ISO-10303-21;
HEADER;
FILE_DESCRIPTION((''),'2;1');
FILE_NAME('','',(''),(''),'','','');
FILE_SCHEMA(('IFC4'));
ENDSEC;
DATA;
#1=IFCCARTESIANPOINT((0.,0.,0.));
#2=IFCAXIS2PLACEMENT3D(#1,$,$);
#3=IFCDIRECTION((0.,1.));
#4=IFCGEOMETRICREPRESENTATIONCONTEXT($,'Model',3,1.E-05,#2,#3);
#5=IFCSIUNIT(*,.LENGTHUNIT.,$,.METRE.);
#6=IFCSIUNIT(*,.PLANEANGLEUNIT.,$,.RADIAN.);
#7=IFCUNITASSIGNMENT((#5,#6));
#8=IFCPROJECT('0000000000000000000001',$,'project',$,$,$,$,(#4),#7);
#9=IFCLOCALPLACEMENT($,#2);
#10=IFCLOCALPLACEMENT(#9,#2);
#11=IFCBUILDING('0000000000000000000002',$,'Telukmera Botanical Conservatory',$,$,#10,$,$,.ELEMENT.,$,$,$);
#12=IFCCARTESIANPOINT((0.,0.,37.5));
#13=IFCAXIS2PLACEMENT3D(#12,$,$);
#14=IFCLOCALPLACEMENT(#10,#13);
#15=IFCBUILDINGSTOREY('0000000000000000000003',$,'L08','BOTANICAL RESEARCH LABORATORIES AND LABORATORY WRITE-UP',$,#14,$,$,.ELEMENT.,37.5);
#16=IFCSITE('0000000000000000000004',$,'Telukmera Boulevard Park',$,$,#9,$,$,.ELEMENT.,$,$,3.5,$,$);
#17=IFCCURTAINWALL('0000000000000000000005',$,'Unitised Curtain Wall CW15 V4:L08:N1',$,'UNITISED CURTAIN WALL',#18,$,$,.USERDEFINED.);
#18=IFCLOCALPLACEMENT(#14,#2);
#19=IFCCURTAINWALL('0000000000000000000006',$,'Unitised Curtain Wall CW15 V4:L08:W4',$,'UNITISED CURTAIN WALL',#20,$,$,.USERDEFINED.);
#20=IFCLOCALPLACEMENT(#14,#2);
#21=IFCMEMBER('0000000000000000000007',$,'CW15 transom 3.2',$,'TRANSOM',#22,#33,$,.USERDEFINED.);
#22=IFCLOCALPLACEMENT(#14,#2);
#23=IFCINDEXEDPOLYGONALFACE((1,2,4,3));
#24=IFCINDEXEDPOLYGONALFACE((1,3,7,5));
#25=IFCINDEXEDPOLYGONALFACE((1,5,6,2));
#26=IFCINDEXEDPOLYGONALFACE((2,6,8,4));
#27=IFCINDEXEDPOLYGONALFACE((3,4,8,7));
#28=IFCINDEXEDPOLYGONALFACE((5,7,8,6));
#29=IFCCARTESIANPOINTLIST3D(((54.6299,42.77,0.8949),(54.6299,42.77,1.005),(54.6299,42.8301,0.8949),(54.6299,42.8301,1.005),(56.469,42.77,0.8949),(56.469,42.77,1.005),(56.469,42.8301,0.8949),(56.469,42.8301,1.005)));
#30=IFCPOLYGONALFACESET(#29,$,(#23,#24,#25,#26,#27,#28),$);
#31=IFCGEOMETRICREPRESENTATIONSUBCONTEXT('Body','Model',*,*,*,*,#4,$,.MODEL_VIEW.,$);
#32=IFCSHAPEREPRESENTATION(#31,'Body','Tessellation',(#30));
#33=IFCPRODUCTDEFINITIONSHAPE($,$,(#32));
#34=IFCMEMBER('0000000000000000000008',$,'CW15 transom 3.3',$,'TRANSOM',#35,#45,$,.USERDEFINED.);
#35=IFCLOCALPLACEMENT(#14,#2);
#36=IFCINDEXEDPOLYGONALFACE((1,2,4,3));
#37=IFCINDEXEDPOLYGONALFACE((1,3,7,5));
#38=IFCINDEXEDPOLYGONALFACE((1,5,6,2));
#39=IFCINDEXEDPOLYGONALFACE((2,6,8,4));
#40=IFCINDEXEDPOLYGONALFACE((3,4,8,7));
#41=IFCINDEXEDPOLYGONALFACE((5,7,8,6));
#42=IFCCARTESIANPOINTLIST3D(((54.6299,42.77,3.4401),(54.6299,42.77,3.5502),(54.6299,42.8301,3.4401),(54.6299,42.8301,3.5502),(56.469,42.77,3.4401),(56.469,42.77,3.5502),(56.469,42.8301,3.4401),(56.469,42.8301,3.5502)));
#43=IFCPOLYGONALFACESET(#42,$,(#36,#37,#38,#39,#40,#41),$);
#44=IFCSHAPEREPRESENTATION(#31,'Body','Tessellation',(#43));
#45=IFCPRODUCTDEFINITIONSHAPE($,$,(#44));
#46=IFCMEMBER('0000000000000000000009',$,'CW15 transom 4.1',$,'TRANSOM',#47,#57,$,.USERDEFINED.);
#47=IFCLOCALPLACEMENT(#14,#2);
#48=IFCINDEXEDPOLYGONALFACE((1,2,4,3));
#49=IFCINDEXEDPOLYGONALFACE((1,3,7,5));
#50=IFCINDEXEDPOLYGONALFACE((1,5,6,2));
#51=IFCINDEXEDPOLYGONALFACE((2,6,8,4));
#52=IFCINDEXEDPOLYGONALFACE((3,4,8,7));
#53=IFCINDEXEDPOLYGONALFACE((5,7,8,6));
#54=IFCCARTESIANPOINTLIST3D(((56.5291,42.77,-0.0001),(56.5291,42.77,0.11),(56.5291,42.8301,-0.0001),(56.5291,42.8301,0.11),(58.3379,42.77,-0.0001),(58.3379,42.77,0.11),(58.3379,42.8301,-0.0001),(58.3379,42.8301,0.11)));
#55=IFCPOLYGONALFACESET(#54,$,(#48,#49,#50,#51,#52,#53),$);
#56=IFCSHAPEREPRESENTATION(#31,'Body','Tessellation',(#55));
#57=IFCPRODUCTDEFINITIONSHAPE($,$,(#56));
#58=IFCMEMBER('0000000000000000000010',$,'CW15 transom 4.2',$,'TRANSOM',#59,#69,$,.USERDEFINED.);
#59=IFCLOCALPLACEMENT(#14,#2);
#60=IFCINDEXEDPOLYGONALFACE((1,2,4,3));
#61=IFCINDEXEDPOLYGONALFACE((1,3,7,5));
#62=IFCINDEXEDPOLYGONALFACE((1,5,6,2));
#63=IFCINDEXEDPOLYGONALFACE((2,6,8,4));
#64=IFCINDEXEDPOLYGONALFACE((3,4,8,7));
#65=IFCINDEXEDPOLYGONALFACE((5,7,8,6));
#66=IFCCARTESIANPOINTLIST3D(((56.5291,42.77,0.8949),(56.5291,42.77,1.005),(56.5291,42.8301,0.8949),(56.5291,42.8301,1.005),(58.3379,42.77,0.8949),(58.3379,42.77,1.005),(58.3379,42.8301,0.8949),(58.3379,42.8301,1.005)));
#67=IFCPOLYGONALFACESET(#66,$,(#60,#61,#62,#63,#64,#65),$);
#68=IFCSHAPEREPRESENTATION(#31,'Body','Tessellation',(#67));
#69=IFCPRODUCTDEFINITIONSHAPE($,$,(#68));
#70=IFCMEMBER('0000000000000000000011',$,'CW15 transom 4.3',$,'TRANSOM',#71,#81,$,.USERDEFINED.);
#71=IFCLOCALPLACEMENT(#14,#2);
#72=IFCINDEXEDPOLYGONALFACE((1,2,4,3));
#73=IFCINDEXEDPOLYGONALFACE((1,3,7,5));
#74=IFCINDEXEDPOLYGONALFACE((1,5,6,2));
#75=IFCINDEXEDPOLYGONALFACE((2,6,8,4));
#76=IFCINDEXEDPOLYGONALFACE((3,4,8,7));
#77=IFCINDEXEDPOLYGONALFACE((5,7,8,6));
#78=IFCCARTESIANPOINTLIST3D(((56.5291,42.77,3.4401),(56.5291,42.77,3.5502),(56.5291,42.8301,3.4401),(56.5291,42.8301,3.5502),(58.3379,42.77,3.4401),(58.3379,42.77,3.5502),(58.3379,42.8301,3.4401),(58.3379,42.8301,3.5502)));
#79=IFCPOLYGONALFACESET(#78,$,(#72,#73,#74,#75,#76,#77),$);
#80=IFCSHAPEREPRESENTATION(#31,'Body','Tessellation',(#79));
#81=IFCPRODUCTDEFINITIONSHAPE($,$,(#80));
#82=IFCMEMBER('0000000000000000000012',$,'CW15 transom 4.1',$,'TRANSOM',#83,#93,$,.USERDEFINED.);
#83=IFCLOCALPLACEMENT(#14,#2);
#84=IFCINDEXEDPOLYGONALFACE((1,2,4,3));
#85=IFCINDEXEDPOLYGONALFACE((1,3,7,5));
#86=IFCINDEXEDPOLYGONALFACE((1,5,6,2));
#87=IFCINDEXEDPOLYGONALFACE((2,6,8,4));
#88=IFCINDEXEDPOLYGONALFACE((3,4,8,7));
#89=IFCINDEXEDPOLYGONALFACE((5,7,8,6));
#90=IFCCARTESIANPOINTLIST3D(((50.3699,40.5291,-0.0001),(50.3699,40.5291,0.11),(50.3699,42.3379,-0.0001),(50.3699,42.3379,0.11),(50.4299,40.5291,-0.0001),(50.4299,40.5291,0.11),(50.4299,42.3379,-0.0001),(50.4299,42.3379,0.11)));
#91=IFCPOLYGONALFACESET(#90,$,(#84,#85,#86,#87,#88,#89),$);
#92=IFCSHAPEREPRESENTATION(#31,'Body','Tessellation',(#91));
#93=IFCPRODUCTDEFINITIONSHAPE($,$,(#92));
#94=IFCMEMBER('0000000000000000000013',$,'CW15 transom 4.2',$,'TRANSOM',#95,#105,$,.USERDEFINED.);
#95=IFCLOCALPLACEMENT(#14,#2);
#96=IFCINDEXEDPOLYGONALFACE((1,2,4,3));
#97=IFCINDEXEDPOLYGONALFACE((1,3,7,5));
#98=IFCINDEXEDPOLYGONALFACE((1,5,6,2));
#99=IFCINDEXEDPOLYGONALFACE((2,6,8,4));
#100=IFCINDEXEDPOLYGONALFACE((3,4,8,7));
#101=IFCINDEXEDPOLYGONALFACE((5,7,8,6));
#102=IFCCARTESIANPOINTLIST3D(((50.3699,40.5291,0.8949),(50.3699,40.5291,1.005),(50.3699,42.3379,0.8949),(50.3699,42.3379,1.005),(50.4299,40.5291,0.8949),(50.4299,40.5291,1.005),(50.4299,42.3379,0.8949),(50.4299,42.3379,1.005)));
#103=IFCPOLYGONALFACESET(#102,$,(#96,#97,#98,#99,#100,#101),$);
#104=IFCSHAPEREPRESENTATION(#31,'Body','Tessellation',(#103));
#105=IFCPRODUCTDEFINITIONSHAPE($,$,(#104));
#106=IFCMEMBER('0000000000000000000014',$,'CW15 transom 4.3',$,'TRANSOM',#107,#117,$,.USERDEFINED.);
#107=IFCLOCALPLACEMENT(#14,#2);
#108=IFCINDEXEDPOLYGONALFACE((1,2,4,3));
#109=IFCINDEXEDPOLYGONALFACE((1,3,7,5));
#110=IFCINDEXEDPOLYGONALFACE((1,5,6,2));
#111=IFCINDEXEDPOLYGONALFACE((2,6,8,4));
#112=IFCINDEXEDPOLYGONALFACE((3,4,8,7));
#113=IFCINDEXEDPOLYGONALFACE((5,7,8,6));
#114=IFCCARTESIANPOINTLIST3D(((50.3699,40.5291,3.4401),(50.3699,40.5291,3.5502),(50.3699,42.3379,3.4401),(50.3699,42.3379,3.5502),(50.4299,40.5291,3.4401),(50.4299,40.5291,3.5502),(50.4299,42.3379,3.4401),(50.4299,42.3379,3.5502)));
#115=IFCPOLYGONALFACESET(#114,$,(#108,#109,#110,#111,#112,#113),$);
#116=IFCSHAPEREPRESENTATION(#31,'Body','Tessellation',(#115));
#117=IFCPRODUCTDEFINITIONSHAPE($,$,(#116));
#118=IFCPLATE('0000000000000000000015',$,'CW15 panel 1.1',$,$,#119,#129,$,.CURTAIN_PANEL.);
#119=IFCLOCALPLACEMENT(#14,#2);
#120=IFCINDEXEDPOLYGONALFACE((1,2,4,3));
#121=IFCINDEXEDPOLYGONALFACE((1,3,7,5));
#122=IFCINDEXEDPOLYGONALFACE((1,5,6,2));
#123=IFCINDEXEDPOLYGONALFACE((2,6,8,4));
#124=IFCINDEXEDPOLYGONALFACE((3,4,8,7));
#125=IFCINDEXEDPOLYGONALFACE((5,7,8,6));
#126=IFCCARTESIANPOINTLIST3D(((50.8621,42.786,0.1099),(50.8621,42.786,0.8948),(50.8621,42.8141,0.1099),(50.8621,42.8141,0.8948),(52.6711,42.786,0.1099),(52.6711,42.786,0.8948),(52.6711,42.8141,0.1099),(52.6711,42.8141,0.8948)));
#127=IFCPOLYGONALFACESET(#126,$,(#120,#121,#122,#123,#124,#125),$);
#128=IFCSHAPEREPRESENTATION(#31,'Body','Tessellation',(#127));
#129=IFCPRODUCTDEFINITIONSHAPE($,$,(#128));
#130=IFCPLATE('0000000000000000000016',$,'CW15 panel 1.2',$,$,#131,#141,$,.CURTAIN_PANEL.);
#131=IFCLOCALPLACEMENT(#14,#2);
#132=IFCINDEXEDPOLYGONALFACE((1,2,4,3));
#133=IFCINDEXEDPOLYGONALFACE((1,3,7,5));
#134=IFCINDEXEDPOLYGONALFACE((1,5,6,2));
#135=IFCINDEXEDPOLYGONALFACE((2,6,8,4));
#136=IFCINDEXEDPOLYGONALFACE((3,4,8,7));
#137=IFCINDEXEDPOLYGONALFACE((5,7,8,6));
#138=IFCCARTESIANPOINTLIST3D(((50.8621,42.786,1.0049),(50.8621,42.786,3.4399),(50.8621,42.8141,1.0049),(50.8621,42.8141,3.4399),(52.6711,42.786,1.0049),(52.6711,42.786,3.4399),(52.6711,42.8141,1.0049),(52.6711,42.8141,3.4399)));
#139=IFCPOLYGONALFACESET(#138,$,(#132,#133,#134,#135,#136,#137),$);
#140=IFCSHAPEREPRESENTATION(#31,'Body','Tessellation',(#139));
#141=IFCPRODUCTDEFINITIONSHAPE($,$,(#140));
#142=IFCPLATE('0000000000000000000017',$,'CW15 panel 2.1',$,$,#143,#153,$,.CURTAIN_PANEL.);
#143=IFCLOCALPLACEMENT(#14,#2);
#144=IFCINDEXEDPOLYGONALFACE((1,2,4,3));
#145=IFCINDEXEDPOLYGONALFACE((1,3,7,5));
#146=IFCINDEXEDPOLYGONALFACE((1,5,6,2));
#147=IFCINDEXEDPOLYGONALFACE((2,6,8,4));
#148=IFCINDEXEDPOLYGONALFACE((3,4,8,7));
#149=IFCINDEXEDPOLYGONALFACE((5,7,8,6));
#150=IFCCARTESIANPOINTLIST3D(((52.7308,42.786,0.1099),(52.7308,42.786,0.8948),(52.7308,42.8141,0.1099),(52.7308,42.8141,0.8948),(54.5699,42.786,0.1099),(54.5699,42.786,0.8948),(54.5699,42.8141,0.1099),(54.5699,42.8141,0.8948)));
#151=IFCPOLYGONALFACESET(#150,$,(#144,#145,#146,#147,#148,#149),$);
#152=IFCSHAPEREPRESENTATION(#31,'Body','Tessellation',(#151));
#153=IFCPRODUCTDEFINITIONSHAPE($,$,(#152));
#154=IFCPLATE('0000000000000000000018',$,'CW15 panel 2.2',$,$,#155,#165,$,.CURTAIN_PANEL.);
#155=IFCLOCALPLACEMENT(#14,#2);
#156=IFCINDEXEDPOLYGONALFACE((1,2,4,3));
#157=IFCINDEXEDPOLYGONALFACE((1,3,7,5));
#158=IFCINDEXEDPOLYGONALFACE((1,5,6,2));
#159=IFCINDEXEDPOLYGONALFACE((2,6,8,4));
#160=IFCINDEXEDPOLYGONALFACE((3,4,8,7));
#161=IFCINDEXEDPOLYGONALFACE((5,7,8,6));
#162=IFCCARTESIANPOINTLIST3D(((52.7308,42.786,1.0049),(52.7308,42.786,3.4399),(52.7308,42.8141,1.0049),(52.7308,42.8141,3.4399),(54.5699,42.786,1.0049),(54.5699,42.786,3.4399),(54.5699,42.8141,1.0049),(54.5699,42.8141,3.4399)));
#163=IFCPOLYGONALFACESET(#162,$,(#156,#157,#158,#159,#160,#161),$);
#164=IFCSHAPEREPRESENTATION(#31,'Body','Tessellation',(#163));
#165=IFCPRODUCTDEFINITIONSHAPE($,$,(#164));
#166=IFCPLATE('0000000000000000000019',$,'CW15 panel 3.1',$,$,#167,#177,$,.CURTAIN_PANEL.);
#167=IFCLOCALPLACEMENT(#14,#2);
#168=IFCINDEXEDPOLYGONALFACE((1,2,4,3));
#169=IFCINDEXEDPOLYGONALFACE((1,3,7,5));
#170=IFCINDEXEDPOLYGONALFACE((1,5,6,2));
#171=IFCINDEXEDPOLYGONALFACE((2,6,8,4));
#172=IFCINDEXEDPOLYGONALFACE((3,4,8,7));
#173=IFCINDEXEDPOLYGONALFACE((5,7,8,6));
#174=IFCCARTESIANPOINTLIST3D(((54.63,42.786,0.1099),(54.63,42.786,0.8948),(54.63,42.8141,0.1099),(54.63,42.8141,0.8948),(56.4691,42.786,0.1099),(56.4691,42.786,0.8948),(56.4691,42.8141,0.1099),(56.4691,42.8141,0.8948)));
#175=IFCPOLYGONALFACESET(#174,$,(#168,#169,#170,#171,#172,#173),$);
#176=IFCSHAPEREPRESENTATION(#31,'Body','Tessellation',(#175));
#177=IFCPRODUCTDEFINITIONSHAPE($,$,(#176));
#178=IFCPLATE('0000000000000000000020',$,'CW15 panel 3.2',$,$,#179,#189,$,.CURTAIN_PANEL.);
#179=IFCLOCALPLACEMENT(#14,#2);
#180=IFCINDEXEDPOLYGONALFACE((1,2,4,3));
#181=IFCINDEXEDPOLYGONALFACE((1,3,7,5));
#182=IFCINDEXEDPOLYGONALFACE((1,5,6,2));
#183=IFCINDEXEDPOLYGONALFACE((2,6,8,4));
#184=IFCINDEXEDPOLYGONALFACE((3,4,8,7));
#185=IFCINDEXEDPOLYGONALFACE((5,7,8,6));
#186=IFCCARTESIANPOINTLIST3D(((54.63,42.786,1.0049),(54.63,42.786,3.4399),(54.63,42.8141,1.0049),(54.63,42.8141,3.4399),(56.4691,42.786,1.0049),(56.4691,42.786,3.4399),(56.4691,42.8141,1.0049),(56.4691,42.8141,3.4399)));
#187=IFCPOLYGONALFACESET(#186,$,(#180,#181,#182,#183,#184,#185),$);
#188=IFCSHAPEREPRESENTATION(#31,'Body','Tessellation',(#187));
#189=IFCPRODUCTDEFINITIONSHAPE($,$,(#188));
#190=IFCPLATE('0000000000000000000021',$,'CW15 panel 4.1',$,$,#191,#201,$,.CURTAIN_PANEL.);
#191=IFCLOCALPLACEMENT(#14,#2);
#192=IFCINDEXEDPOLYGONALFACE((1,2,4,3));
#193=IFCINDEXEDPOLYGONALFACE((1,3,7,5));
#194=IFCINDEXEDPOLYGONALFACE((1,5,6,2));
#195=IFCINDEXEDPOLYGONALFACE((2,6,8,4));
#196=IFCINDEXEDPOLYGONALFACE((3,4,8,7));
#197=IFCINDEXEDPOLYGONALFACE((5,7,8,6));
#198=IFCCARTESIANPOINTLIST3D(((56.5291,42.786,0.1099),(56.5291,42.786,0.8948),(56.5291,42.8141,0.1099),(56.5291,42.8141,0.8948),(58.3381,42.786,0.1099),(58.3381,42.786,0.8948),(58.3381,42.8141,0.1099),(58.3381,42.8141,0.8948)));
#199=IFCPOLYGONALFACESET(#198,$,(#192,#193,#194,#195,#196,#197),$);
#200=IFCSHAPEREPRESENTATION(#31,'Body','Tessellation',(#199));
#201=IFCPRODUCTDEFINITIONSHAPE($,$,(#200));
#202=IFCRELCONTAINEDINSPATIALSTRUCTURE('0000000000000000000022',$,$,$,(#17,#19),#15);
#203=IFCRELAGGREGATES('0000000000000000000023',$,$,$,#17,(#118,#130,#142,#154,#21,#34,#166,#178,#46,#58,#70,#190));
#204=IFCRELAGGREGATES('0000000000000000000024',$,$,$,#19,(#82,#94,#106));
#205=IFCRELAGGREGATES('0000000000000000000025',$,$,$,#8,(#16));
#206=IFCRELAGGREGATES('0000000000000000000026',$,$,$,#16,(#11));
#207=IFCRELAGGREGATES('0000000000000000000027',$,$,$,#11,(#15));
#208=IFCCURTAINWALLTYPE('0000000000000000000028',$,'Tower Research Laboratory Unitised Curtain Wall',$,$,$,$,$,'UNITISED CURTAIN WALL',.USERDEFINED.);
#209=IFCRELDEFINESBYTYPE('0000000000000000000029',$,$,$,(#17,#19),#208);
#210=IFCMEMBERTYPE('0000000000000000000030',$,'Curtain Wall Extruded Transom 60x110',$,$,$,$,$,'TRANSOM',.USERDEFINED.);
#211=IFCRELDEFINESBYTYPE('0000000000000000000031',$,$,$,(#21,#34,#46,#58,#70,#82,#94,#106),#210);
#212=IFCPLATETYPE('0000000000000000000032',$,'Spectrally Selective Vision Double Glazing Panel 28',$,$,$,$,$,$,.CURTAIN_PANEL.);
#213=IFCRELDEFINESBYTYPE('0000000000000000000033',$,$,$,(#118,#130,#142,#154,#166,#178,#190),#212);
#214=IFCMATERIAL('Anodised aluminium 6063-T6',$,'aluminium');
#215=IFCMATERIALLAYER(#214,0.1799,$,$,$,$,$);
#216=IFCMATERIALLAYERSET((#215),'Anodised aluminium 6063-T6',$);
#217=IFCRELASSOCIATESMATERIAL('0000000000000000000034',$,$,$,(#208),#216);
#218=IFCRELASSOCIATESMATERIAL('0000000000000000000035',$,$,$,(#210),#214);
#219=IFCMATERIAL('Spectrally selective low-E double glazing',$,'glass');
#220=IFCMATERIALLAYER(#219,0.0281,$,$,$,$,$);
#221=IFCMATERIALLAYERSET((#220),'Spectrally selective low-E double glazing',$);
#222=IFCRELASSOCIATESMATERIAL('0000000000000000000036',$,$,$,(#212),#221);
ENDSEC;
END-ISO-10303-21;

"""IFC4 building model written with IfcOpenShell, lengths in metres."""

from ifc_helpers import new_model, si_unit, direction, frame, origin, origin_2d, place, context, subcontext, project, spatial, rectangle, extrude, material, layer, layer_set, material_profile, profile_set, type_object, element, aggregate, save


model = new_model("IFC4")

# Units and contexts
model_context = context("Model", 3, precision=1e-05, world=origin(), true_north=direction((0.0, 1.0)))
body_context = subcontext(model_context, "Body", "Model", "MODEL_VIEW")
ifc_project = project(units=[si_unit("LENGTHUNIT", "METRE"), si_unit("PLANEANGLEUNIT", "RADIAN")], contexts=[model_context])

# Site, building, storey
site_placement = place(None, origin())
site = spatial("IfcSite", under=ifc_project, at=site_placement, Name="Telukmera Boulevard Park", CompositionType="ELEMENT", RefElevation=3.5)
building_placement = place(site_placement, origin())
building = spatial("IfcBuilding", under=site, at=building_placement, Name="Telukmera Botanical Conservatory", CompositionType="ELEMENT")
storey_placement = place(building_placement, frame((0.0, 0.0, 37.5)))
storey = spatial("IfcBuildingStorey", under=building, at=storey_placement, Name="L08", Description="BOTANICAL RESEARCH LABORATORIES AND LABORATORY WRITE-UP", CompositionType="ELEMENT", Elevation=37.5)

# Curtain wall
ifc_material_1 = material(Name="Anodised aluminium 6063-T6", Category="aluminium")
ifc_layer_1 = layer(ifc_material_1, 0.1799)
ifc_layer_set_1 = layer_set([ifc_layer_1], Name="Anodised aluminium 6063-T6")
curtain_wall_type = type_object("IfcCurtainWallType", Name="Tower Research Laboratory Unitised Curtain Wall", ElementType="UNITISED CURTAIN WALL", PredefinedType="USERDEFINED", material=ifc_layer_set_1)
curtain_wall_1_placement = place(storey_placement, origin())
curtain_wall_1 = element("IfcCurtainWall", 1, at=curtain_wall_1_placement, inside=storey, type_object=curtain_wall_type, Name="Unitised Curtain Wall CW15 V4:L08:N1", ObjectType="UNITISED CURTAIN WALL", PredefinedType="USERDEFINED")

# Curtain wall
curtain_wall_2_placement = place(storey_placement, origin())
curtain_wall_2 = element("IfcCurtainWall", 2, at=curtain_wall_2_placement, inside=storey, type_object=curtain_wall_type, Name="Unitised Curtain Wall CW15 V4:L08:W4", ObjectType="UNITISED CURTAIN WALL", PredefinedType="USERDEFINED")

# Members
ifc_material_profile_1 = material_profile(ifc_material_1, rectangle(XDim=0.0601, YDim=0.1101, at=origin_2d()), Name="ALU TRAN 60x110")
ifc_profile_set_1 = profile_set([ifc_material_profile_1], Name="Anodised aluminium 6063-T6")
member_type_1 = type_object("IfcMemberType", Name="Curtain Wall Extruded Transom 60x110", ElementType="TRANSOM", PredefinedType="USERDEFINED", material=ifc_profile_set_1)
member_1_placement = place(storey_placement, frame((54.6299, 42.8, 0.95), z_axis=(1.0, 0.0, 0.0), x_axis=(0.0, 1.0, 0.0)))
member_1 = element("IfcMember", 3, at=member_1_placement, type_object=member_type_1, Name="CW15 transom 3.2", ObjectType="TRANSOM", PredefinedType="USERDEFINED", context=body_context, shape_type="SweptSolid", body=[
    extrude(rectangle(XDim=0.0601, YDim=0.1101, at=origin_2d()), origin(), (0.0, 0.0, 1.0), 1.8391),
])
member_2_placement = place(storey_placement, frame((54.6299, 42.8, 3.4951), z_axis=(1.0, 0.0, 0.0), x_axis=(0.0, 1.0, 0.0)))
member_2 = element("IfcMember", 4, at=member_2_placement, type_object=member_type_1, Name="CW15 transom 3.3", ObjectType="TRANSOM", PredefinedType="USERDEFINED", context=body_context, shape_type="SweptSolid", body=[
    extrude(rectangle(XDim=0.0601, YDim=0.1101, at=origin_2d()), origin(), (0.0, 0.0, 1.0), 1.8391),
])
member_3_placement = place(storey_placement, frame((56.5291, 42.8, 0.0549), z_axis=(1.0, 0.0, 0.0), x_axis=(0.0, 1.0, 0.0)))
member_3 = element("IfcMember", 5, at=member_3_placement, type_object=member_type_1, Name="CW15 transom 4.1", ObjectType="TRANSOM", PredefinedType="USERDEFINED", context=body_context, shape_type="SweptSolid", body=[
    extrude(rectangle(XDim=0.0601, YDim=0.1101, at=origin_2d()), origin(), (0.0, 0.0, 1.0), 1.8088),
])
member_4_placement = place(storey_placement, frame((56.5291, 42.8, 0.95), z_axis=(1.0, 0.0, 0.0), x_axis=(0.0, 1.0, 0.0)))
member_4 = element("IfcMember", 6, at=member_4_placement, type_object=member_type_1, Name="CW15 transom 4.2", ObjectType="TRANSOM", PredefinedType="USERDEFINED", context=body_context, shape_type="SweptSolid", body=[
    extrude(rectangle(XDim=0.0601, YDim=0.1101, at=origin_2d()), origin(), (0.0, 0.0, 1.0), 1.8088),
])
member_5_placement = place(storey_placement, frame((56.5291, 42.8, 3.4951), z_axis=(1.0, 0.0, 0.0), x_axis=(0.0, 1.0, 0.0)))
member_5 = element("IfcMember", 7, at=member_5_placement, type_object=member_type_1, Name="CW15 transom 4.3", ObjectType="TRANSOM", PredefinedType="USERDEFINED", context=body_context, shape_type="SweptSolid", body=[
    extrude(rectangle(XDim=0.0601, YDim=0.1101, at=origin_2d()), origin(), (0.0, 0.0, 1.0), 1.8088),
])
member_6_placement = place(storey_placement, frame((50.3999, 40.5291, 0.0549), z_axis=(0.0, 1.0, 0.0), x_axis=(-1.0, 0.0, 0.0)))
member_6 = element("IfcMember", 8, at=member_6_placement, type_object=member_type_1, Name="CW15 transom 4.1", ObjectType="TRANSOM", PredefinedType="USERDEFINED", context=body_context, shape_type="SweptSolid", body=[
    extrude(rectangle(XDim=0.0601, YDim=0.1101, at=origin_2d()), origin(), (0.0, 0.0, 1.0), 1.8088),
])
member_7_placement = place(storey_placement, frame((50.3999, 40.5291, 0.95), z_axis=(0.0, 1.0, 0.0), x_axis=(-1.0, 0.0, 0.0)))
member_7 = element("IfcMember", 9, at=member_7_placement, type_object=member_type_1, Name="CW15 transom 4.2", ObjectType="TRANSOM", PredefinedType="USERDEFINED", context=body_context, shape_type="SweptSolid", body=[
    extrude(rectangle(XDim=0.0601, YDim=0.1101, at=origin_2d()), origin(), (0.0, 0.0, 1.0), 1.8088),
])
member_8_placement = place(storey_placement, frame((50.3999, 40.5291, 3.4951), z_axis=(0.0, 1.0, 0.0), x_axis=(-1.0, 0.0, 0.0)))
member_8 = element("IfcMember", 10, at=member_8_placement, type_object=member_type_1, Name="CW15 transom 4.3", ObjectType="TRANSOM", PredefinedType="USERDEFINED", context=body_context, shape_type="SweptSolid", body=[
    extrude(rectangle(XDim=0.0601, YDim=0.1101, at=origin_2d()), origin(), (0.0, 0.0, 1.0), 1.8088),
])

# Plates
ifc_material_2 = material(Name="Spectrally selective low-E double glazing", Category="glass")
ifc_layer_2 = layer(ifc_material_2, 0.0281)
ifc_layer_set_2 = layer_set([ifc_layer_2], Name="Spectrally selective low-E double glazing")
plate_type = type_object("IfcPlateType", Name="Spectrally Selective Vision Double Glazing Panel 28", PredefinedType="CURTAIN_PANEL", material=ifc_layer_set_2)
plate_1_placement = place(storey_placement, frame((51.7666, 42.8, 0.1099), z_axis=(0.0, 0.0, 1.0), x_axis=(1.0, 0.0, 0.0)))
plate_1 = element("IfcPlate", 11, at=plate_1_placement, type_object=plate_type, Name="CW15 panel 1.1", PredefinedType="CURTAIN_PANEL", context=body_context, shape_type="SweptSolid", body=[
    extrude(rectangle(XDim=1.8091, YDim=0.0281, at=origin_2d()), origin(), (0.0, 0.0, 1.0), 0.7849),
])
plate_2_placement = place(storey_placement, frame((51.7666, 42.8, 1.0049), z_axis=(0.0, 0.0, 1.0), x_axis=(1.0, 0.0, 0.0)))
plate_2 = element("IfcPlate", 12, at=plate_2_placement, type_object=plate_type, Name="CW15 panel 1.2", PredefinedType="CURTAIN_PANEL", context=body_context, shape_type="SweptSolid", body=[
    extrude(rectangle(XDim=1.8091, YDim=0.0281, at=origin_2d()), origin(), (0.0, 0.0, 1.0), 2.4351),
])
plate_3_placement = place(storey_placement, frame((53.6504, 42.8, 0.1099), z_axis=(0.0, 0.0, 1.0), x_axis=(1.0, 0.0, 0.0)))
plate_3 = element("IfcPlate", 13, at=plate_3_placement, type_object=plate_type, Name="CW15 panel 2.1", PredefinedType="CURTAIN_PANEL", context=body_context, shape_type="SweptSolid", body=[
    extrude(rectangle(XDim=1.8391, YDim=0.0281, at=origin_2d()), origin(), (0.0, 0.0, 1.0), 0.7849),
])
plate_4_placement = place(storey_placement, frame((53.6504, 42.8, 1.0049), z_axis=(0.0, 0.0, 1.0), x_axis=(1.0, 0.0, 0.0)))
plate_4 = element("IfcPlate", 14, at=plate_4_placement, type_object=plate_type, Name="CW15 panel 2.2", PredefinedType="CURTAIN_PANEL", context=body_context, shape_type="SweptSolid", body=[
    extrude(rectangle(XDim=1.8391, YDim=0.0281, at=origin_2d()), origin(), (0.0, 0.0, 1.0), 2.4351),
])
plate_5_placement = place(storey_placement, frame((55.5496, 42.8, 0.1099), z_axis=(0.0, 0.0, 1.0), x_axis=(1.0, 0.0, 0.0)))
plate_5 = element("IfcPlate", 15, at=plate_5_placement, type_object=plate_type, Name="CW15 panel 3.1", PredefinedType="CURTAIN_PANEL", context=body_context, shape_type="SweptSolid", body=[
    extrude(rectangle(XDim=1.8391, YDim=0.0281, at=origin_2d()), origin(), (0.0, 0.0, 1.0), 0.7849),
])
plate_6_placement = place(storey_placement, frame((55.5496, 42.8, 1.0049), z_axis=(0.0, 0.0, 1.0), x_axis=(1.0, 0.0, 0.0)))
plate_6 = element("IfcPlate", 16, at=plate_6_placement, type_object=plate_type, Name="CW15 panel 3.2", PredefinedType="CURTAIN_PANEL", context=body_context, shape_type="SweptSolid", body=[
    extrude(rectangle(XDim=1.8391, YDim=0.0281, at=origin_2d()), origin(), (0.0, 0.0, 1.0), 2.4351),
])
plate_7_placement = place(storey_placement, frame((57.4336, 42.8, 0.1099), z_axis=(0.0, 0.0, 1.0), x_axis=(1.0, 0.0, 0.0)))
plate_7 = element("IfcPlate", 17, at=plate_7_placement, type_object=plate_type, Name="CW15 panel 4.1", PredefinedType="CURTAIN_PANEL", context=body_context, shape_type="SweptSolid", body=[
    extrude(rectangle(XDim=1.8091, YDim=0.0281, at=origin_2d()), origin(), (0.0, 0.0, 1.0), 0.7849),
])
aggregate(curtain_wall_1, [plate_1, plate_2, plate_3, plate_4, member_1, member_2, plate_5, plate_6, member_3, member_4, member_5, plate_7])
aggregate(curtain_wall_2, [member_6, member_7, member_8])

save(model, "model.ifc")
